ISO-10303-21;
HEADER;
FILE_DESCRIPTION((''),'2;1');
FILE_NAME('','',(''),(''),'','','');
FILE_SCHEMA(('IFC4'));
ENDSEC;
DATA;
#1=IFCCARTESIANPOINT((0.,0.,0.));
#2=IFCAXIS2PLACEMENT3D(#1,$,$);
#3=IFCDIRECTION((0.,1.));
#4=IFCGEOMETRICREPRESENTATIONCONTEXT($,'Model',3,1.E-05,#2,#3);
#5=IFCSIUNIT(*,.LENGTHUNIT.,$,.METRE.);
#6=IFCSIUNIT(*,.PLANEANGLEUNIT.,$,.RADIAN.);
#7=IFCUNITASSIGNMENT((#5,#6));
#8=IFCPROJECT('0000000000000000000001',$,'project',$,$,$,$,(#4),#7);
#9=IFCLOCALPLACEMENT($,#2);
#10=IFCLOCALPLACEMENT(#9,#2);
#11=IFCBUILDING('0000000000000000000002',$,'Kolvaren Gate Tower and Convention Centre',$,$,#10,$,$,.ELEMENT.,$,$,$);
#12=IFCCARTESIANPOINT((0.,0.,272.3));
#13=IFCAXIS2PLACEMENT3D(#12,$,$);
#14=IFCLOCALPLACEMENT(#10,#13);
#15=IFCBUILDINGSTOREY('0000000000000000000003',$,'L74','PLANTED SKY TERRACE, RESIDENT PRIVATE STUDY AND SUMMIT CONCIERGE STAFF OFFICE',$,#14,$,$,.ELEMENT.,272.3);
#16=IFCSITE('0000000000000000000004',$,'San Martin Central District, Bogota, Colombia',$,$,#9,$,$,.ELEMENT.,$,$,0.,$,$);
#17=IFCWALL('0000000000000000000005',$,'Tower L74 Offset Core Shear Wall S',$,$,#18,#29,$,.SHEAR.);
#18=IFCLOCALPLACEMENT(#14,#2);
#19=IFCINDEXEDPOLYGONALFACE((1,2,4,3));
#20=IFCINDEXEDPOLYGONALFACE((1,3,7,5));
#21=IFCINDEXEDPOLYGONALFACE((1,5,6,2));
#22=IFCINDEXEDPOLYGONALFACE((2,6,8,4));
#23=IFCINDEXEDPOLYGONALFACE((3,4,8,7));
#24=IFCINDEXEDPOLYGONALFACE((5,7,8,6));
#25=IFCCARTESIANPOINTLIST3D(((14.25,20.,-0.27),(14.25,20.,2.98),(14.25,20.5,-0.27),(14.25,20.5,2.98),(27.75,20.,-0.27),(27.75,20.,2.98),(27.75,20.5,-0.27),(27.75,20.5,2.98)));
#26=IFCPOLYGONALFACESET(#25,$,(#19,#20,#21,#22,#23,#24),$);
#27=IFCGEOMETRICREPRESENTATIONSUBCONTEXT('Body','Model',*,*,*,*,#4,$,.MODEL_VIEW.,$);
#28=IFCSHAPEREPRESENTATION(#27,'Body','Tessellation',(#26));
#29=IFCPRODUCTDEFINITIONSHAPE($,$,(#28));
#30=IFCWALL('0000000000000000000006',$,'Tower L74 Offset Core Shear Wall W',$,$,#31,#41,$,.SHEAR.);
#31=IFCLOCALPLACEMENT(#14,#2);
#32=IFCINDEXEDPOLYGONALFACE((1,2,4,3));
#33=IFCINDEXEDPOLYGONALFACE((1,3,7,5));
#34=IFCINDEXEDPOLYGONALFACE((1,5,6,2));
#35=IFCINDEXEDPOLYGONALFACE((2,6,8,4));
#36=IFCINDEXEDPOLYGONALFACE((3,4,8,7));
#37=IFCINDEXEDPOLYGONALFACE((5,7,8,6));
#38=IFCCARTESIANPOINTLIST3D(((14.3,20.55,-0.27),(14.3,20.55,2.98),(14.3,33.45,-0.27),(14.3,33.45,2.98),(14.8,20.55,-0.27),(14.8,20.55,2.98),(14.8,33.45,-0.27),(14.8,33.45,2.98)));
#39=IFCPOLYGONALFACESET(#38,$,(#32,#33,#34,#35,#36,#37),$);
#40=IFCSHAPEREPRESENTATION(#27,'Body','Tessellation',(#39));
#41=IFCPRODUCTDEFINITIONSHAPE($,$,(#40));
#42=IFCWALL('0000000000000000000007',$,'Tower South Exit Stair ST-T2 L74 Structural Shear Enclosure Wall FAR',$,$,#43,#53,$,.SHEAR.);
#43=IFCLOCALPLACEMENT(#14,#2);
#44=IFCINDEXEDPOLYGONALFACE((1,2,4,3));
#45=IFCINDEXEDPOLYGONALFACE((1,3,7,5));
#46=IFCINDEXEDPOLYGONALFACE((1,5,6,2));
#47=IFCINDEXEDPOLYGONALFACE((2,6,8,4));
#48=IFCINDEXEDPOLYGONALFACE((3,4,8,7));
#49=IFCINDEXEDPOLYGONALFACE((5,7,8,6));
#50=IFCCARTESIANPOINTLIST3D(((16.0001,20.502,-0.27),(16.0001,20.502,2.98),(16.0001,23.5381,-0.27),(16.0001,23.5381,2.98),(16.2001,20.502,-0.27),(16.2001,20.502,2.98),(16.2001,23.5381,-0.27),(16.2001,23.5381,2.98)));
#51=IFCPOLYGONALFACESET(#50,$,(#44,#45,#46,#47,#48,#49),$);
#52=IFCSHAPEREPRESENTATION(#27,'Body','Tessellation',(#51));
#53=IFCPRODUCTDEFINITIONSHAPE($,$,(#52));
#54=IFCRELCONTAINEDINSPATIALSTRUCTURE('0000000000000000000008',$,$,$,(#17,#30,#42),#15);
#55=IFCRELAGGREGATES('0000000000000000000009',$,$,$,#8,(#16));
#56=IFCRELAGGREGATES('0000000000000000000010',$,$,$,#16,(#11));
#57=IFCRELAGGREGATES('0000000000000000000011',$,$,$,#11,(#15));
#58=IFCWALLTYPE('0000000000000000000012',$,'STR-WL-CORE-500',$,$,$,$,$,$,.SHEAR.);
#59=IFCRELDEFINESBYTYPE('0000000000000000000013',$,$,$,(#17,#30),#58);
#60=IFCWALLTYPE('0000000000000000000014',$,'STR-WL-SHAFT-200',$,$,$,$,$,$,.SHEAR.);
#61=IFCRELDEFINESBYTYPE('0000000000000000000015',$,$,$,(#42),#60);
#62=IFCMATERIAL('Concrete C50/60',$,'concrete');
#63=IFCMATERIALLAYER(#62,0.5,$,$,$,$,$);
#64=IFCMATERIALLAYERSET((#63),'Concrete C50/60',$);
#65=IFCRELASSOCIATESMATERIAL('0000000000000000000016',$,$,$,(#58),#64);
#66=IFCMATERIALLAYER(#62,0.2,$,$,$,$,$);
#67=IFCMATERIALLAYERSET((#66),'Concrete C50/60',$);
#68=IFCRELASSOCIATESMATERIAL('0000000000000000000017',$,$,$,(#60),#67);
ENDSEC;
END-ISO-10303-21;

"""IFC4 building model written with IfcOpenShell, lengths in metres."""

from ifc_helpers import new_model, si_unit, direction, frame, frame_2d, origin, place, context, subcontext, project, spatial, rectangle, extrude, material, layer, layer_set, type_object, element, save


model = new_model("IFC4")

# Units and contexts
model_context = context("Model", 3, precision=1e-05, world=origin(), true_north=direction((0.0, 1.0)))
body_context = subcontext(model_context, "Body", "Model", "MODEL_VIEW")
ifc_project = project(units=[si_unit("LENGTHUNIT", "METRE"), si_unit("PLANEANGLEUNIT", "RADIAN")], contexts=[model_context])

# Site, building, storey
site_placement = place(None, origin())
site = spatial("IfcSite", under=ifc_project, at=site_placement, Name="San Martin Central District, Bogota, Colombia", CompositionType="ELEMENT", RefElevation=0.0)
building_placement = place(site_placement, origin())
building = spatial("IfcBuilding", under=site, at=building_placement, Name="Kolvaren Gate Tower and Convention Centre", CompositionType="ELEMENT")
storey_placement = place(building_placement, frame((0.0, 0.0, 272.3)))
storey = spatial("IfcBuildingStorey", under=building, at=storey_placement, Name="L74", Description="PLANTED SKY TERRACE, RESIDENT PRIVATE STUDY AND SUMMIT CONCIERGE STAFF OFFICE", CompositionType="ELEMENT", Elevation=272.3)

# Walls
ifc_material_1 = material(Name="Concrete C50/60", Category="concrete")
ifc_layer_1 = layer(ifc_material_1, 0.5)
ifc_layer_set_1 = layer_set([ifc_layer_1], Name="Concrete C50/60")
wall_type_1 = type_object("IfcWallType", Name="STR-WL-CORE-500", PredefinedType="SHEAR", material=ifc_layer_set_1)
wall_1_placement = place(storey_placement, frame((14.25, 20.25, -0.27), z_axis=(0.0, 0.0, 1.0), x_axis=(1.0, 0.0, 0.0)))
element("IfcWall", 1, at=wall_1_placement, inside=storey, type_object=wall_type_1, Name="Tower L74 Offset Core Shear Wall S", PredefinedType="SHEAR", context=body_context, shape_type="SweptSolid", body=[
    extrude(rectangle(XDim=13.5, YDim=0.5, at=frame_2d((6.75, 0.0))), origin(), (0.0, 0.0, 1.0), 3.25),
])
wall_2_placement = place(storey_placement, frame((14.55, 20.55, -0.27), z_axis=(0.0, 0.0, 1.0), x_axis=(0.0, 1.0, 0.0)))
element("IfcWall", 2, at=wall_2_placement, inside=storey, type_object=wall_type_1, Name="Tower L74 Offset Core Shear Wall W", PredefinedType="SHEAR", context=body_context, shape_type="SweptSolid", body=[
    extrude(rectangle(XDim=12.8999, YDim=0.5, at=frame_2d((6.45, 0.0))), origin(), (0.0, 0.0, 1.0), 3.25),
])
ifc_layer_2 = layer(ifc_material_1, 0.2)
ifc_layer_set_2 = layer_set([ifc_layer_2], Name="Concrete C50/60")
wall_type_2 = type_object("IfcWallType", Name="STR-WL-SHAFT-200", PredefinedType="SHEAR", material=ifc_layer_set_2)
wall_3_placement = place(storey_placement, frame((16.1001, 20.502, -0.27), z_axis=(0.0, 0.0, 1.0), x_axis=(0.0, 1.0, 0.0)))
element("IfcWall", 3, at=wall_3_placement, inside=storey, type_object=wall_type_2, Name="Tower South Exit Stair ST-T2 L74 Structural Shear Enclosure Wall FAR", PredefinedType="SHEAR", context=body_context, shape_type="SweptSolid", body=[
    extrude(rectangle(XDim=3.0361, YDim=0.2, at=frame_2d((1.5181, 0.0))), origin(), (0.0, 0.0, 1.0), 3.25),
])

save(model, "model.ifc")
